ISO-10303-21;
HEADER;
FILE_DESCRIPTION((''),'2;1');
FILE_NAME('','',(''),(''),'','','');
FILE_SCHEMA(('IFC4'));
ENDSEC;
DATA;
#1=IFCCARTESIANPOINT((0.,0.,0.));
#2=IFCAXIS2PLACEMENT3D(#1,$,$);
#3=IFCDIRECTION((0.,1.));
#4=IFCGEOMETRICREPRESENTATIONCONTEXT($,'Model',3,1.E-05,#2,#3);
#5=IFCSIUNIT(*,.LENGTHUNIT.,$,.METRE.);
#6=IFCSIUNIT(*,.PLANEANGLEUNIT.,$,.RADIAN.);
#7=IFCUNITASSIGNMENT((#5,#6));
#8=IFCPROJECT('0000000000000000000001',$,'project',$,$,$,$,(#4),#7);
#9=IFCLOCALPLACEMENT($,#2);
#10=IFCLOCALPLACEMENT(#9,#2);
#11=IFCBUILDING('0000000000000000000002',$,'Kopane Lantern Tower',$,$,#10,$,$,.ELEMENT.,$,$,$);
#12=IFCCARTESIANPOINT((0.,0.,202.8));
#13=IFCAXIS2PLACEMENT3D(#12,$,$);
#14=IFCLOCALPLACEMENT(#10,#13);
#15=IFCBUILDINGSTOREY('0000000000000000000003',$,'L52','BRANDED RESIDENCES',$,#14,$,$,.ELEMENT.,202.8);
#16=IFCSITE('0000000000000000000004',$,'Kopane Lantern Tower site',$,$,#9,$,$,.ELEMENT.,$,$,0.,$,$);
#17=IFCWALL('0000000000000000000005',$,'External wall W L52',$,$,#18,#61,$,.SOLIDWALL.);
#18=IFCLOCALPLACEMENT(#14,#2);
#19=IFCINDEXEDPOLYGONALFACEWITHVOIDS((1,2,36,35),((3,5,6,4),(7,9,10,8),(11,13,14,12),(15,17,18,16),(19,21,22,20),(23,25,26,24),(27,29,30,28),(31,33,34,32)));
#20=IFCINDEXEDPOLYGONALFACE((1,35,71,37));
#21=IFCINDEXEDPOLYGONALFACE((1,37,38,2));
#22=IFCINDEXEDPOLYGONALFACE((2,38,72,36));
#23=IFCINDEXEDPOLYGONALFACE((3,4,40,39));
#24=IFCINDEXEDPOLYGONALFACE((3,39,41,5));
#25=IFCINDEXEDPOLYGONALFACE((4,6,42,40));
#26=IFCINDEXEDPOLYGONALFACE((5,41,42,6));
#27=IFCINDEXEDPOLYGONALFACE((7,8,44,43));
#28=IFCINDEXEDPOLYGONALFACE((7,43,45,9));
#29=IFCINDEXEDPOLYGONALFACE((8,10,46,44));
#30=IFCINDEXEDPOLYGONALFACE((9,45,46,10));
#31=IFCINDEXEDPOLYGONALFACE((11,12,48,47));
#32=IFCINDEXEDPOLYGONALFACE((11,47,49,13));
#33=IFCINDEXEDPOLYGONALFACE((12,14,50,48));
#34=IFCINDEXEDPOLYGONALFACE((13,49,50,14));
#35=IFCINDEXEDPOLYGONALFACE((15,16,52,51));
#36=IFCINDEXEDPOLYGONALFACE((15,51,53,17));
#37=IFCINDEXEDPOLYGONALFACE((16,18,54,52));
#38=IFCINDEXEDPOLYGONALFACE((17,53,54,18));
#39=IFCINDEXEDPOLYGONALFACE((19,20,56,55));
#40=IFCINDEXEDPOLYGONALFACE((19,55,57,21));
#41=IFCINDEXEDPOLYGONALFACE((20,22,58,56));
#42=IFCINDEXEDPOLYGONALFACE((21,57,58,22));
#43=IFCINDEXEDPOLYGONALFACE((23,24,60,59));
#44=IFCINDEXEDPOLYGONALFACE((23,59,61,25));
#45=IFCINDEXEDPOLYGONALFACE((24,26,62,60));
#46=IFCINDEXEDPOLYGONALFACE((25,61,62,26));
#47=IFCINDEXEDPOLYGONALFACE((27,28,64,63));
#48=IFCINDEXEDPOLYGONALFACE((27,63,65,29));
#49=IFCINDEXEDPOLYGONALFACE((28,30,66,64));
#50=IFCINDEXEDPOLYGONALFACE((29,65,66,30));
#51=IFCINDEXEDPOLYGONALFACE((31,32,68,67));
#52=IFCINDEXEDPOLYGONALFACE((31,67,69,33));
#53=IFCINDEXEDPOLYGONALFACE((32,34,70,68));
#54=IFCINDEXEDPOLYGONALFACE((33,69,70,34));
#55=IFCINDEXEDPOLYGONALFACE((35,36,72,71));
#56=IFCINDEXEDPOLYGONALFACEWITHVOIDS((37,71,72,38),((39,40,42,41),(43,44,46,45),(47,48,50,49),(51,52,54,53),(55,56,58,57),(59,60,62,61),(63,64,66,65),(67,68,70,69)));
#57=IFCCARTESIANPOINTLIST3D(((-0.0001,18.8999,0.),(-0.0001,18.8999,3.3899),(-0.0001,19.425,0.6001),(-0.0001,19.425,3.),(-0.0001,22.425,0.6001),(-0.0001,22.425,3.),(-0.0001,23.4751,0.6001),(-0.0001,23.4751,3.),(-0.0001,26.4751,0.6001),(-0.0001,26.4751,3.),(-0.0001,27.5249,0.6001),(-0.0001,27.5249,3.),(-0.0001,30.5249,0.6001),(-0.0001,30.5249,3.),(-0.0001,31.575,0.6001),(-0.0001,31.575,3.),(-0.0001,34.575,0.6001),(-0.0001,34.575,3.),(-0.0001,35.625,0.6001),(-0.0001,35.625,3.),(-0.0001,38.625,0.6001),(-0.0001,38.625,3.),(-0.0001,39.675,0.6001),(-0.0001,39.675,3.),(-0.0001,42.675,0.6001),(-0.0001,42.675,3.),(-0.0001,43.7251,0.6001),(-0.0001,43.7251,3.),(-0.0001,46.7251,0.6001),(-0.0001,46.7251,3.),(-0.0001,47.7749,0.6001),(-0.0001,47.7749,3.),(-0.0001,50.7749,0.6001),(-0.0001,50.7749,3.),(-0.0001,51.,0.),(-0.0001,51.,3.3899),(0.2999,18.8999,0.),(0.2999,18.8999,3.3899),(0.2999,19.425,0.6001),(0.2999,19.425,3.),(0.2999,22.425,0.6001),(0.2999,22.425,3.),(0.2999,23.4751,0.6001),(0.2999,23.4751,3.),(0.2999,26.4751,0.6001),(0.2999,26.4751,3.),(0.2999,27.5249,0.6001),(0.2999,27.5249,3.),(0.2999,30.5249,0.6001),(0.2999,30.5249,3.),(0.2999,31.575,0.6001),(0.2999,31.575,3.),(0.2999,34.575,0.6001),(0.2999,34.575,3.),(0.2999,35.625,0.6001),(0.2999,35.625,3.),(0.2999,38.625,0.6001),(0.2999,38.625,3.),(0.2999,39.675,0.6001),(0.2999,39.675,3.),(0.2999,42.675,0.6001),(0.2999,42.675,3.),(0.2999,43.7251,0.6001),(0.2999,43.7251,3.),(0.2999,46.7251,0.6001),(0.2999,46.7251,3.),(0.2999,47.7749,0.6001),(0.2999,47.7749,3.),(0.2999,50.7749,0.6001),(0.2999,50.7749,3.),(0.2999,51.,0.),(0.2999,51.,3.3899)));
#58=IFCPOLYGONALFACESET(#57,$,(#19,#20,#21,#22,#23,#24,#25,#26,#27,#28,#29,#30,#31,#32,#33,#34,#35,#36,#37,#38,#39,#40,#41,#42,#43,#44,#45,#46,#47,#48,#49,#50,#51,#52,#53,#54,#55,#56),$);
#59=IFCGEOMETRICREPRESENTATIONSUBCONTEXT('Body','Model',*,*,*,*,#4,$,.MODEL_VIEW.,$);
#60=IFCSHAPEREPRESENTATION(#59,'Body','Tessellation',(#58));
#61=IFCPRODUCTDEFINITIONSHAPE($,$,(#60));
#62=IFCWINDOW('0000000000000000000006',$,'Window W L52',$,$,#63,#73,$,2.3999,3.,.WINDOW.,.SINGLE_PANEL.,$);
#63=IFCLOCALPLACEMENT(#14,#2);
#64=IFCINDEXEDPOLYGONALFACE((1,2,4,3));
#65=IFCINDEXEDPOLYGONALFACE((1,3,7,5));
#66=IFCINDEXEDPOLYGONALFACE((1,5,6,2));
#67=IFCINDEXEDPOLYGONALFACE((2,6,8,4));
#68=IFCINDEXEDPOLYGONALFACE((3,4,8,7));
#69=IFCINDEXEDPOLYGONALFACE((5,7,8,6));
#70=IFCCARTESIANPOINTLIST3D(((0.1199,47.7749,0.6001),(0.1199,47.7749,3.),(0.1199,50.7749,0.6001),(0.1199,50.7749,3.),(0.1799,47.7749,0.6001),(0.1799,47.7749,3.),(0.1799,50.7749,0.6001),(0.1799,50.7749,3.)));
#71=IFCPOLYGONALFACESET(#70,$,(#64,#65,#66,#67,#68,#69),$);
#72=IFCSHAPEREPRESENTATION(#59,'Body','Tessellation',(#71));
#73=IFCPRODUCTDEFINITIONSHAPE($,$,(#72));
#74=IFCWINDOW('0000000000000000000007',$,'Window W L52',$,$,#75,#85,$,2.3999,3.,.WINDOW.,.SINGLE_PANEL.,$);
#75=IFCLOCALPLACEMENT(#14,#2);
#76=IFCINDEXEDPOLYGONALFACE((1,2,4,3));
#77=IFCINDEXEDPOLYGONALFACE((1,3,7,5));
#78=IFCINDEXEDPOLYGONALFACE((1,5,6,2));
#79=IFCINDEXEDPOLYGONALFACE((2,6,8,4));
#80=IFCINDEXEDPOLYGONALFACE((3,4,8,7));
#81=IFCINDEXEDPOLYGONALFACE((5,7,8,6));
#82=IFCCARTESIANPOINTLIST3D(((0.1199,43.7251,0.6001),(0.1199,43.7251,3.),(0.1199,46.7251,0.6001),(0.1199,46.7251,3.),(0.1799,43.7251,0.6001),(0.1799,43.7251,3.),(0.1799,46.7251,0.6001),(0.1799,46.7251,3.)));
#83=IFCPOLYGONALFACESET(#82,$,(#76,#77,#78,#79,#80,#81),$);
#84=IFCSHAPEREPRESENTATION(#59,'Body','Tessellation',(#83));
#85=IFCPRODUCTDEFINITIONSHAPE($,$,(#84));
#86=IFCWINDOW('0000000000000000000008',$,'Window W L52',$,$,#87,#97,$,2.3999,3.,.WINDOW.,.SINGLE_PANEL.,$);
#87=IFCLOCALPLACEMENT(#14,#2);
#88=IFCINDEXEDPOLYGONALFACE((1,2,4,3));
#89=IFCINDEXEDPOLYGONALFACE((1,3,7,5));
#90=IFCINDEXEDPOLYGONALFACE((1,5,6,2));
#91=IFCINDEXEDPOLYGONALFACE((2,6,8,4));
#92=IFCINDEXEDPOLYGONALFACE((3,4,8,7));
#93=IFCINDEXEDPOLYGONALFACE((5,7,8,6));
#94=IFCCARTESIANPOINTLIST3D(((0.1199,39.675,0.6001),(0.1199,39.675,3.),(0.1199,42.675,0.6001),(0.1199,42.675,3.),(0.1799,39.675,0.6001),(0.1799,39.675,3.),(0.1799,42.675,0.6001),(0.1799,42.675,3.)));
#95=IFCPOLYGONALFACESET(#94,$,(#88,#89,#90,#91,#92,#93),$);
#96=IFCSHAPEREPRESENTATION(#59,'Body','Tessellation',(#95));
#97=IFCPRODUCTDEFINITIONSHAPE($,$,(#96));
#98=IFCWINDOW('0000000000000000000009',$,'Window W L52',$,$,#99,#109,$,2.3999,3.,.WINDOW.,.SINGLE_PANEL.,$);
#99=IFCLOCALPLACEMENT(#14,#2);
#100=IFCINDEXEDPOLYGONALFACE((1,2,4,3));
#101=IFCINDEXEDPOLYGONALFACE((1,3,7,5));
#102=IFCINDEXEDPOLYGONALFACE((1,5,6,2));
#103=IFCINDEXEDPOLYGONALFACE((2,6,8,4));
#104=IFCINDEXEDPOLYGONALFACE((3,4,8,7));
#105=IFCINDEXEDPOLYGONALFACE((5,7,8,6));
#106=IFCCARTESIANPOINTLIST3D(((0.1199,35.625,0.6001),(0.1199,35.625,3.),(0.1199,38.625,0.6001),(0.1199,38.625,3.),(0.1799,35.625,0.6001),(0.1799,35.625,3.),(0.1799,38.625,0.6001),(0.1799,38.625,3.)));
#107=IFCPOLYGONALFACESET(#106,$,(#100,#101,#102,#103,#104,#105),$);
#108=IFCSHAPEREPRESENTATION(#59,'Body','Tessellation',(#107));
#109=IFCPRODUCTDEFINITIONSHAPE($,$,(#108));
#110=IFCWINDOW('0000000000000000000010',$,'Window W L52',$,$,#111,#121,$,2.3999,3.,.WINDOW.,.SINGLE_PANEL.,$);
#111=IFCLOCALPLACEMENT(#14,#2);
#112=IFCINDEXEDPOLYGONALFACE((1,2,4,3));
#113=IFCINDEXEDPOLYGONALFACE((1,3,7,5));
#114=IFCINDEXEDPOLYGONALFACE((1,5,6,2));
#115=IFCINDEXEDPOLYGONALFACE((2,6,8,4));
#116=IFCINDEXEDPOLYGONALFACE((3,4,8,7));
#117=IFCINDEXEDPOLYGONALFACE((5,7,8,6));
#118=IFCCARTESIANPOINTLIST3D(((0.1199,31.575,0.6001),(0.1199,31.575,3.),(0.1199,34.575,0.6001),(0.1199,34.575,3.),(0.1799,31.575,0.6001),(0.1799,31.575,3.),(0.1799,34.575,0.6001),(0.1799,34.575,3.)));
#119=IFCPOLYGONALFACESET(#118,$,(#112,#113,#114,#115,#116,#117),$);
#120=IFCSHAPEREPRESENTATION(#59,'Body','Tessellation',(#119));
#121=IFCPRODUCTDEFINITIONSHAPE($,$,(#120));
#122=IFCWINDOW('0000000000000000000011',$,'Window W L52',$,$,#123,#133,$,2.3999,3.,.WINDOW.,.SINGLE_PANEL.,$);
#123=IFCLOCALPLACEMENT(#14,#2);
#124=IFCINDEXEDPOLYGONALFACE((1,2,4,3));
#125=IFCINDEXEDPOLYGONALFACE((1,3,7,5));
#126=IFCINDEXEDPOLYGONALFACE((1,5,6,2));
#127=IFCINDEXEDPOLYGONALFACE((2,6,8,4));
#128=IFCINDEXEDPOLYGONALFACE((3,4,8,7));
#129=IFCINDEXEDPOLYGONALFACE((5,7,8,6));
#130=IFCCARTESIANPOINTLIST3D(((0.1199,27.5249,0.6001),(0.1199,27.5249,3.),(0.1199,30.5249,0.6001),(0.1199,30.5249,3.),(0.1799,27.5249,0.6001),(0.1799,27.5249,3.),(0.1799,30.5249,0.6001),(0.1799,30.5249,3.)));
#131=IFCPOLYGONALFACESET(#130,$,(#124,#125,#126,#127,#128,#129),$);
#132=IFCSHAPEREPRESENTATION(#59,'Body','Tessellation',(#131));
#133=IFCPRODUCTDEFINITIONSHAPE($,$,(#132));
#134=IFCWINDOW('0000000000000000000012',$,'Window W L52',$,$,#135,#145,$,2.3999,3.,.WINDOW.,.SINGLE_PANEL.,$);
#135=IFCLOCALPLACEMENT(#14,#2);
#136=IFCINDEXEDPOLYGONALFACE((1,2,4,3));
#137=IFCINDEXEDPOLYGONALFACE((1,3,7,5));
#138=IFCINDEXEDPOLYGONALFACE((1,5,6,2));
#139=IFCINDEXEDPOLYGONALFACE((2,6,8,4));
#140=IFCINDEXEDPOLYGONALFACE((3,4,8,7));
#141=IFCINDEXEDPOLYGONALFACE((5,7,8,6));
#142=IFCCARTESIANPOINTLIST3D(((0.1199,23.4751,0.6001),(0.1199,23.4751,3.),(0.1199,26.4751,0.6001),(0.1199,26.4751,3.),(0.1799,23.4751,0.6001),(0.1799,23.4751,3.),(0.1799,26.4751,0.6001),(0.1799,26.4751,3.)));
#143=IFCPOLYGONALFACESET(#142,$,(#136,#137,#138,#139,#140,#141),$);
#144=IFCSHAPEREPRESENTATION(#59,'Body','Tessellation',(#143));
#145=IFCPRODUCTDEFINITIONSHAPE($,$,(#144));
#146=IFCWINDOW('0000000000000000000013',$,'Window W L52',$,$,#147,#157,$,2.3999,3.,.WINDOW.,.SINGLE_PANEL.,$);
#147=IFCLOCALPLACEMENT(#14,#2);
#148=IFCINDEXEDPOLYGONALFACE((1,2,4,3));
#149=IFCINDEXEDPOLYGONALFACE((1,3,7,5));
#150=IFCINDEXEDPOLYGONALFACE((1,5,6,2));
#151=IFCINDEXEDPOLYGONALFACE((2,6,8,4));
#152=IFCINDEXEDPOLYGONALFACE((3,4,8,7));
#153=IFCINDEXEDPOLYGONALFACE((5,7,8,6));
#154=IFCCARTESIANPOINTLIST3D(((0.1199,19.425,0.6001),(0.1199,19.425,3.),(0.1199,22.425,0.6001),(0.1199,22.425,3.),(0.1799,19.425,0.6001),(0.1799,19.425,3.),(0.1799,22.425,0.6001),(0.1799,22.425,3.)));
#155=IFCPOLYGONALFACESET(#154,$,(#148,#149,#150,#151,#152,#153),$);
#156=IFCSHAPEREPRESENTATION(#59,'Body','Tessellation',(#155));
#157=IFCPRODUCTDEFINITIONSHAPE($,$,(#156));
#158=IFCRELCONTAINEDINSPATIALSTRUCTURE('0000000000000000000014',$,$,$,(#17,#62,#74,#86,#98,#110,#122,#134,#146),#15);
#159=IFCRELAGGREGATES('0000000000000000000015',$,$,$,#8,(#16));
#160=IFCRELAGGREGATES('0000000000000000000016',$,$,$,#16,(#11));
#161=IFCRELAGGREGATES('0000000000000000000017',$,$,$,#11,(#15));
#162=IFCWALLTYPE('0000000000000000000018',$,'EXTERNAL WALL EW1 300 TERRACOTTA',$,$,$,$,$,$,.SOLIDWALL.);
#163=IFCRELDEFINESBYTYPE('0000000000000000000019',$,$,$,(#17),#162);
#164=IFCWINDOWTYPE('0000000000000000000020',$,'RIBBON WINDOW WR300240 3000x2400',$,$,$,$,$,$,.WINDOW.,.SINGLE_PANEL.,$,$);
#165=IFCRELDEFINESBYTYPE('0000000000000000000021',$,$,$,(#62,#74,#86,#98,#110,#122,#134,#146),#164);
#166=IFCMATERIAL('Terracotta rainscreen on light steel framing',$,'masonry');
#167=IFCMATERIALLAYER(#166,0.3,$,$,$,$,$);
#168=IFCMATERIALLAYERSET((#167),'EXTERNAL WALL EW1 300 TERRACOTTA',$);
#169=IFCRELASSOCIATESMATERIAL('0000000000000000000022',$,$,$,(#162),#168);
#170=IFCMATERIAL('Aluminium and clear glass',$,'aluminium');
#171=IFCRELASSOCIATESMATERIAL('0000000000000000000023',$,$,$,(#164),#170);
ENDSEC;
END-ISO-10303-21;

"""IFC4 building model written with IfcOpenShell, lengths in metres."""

from ifc_helpers import new_model, si_unit, direction, frame, frame_2d, origin, place, context, subcontext, project, spatial, rectangle, extrude, material, layer, layer_set, type_object, element, fill, save


model = new_model("IFC4")

# Units and contexts
model_context = context("Model", 3, precision=1e-05, world=origin(), true_north=direction((0.0, 1.0)))
body_context = subcontext(model_context, "Body", "Model", "MODEL_VIEW")
ifc_project = project(units=[si_unit("LENGTHUNIT", "METRE"), si_unit("PLANEANGLEUNIT", "RADIAN")], contexts=[model_context])

# Site, building, storey
site_placement = place(None, origin())
site = spatial("IfcSite", under=ifc_project, at=site_placement, Name="Kopane Lantern Tower site", CompositionType="ELEMENT", RefElevation=0.0)
building_placement = place(site_placement, origin())
building = spatial("IfcBuilding", under=site, at=building_placement, Name="Kopane Lantern Tower", CompositionType="ELEMENT")
storey_placement = place(building_placement, frame((0.0, 0.0, 202.8)))
storey = spatial("IfcBuildingStorey", under=building, at=storey_placement, Name="L52", Description="BRANDED RESIDENCES", CompositionType="ELEMENT", Elevation=202.8)

# Wall, openings, windows
ifc_material_1 = material(Name="Terracotta rainscreen on light steel framing", Category="masonry")
ifc_layer_1 = layer(ifc_material_1, 0.3)
ifc_layer_set_1 = layer_set([ifc_layer_1], Name="EXTERNAL WALL EW1 300 TERRACOTTA")
wall_type_1 = type_object("IfcWallType", Name="EXTERNAL WALL EW1 300 TERRACOTTA", PredefinedType="SOLIDWALL", material=ifc_layer_set_1)
wall_1_placement = place(storey_placement, frame((0.1499, 51.0, 0.0), z_axis=(0.0, 0.0, 1.0), x_axis=(0.0, -1.0, 0.0)))
wall_1 = element("IfcWall", 1, at=wall_1_placement, inside=storey, type_object=wall_type_1, Name="External wall W L52", PredefinedType="SOLIDWALL", context=body_context, shape_type="SweptSolid", body=[
    extrude(rectangle(XDim=32.1001, YDim=0.3, at=frame_2d((16.05, 0.0))), origin(), (0.0, 0.0, 1.0), 3.3899),
])
opening_1_placement = place(wall_1_placement, frame((0.2251, 0.0, 0.6001)))
opening_1 = element("IfcOpeningElement", 2, at=opening_1_placement, cuts=wall_1, PredefinedType="OPENING", context=body_context, shape_type="SweptSolid", body=[
    extrude(rectangle(XDim=3.0, YDim=2.3999, at=frame_2d((1.5, 1.2))), frame((0.0, 0.1599, 0.0), z_axis=(0.0, -1.0, 0.0), x_axis=(1.0, 0.0, 0.0)), (0.0, 0.0, 1.0), 0.3201),
])
opening_2_placement = place(wall_1_placement, frame((4.2749, 0.0, 0.6001)))
opening_2 = element("IfcOpeningElement", 3, at=opening_2_placement, cuts=wall_1, PredefinedType="OPENING", context=body_context, shape_type="SweptSolid", body=[
    extrude(rectangle(XDim=3.0, YDim=2.3999, at=frame_2d((1.5, 1.2))), frame((0.0, 0.1599, 0.0), z_axis=(0.0, -1.0, 0.0), x_axis=(1.0, 0.0, 0.0)), (0.0, 0.0, 1.0), 0.3201),
])
opening_3_placement = place(wall_1_placement, frame((8.325, 0.0, 0.6001)))
opening_3 = element("IfcOpeningElement", 4, at=opening_3_placement, cuts=wall_1, PredefinedType="OPENING", context=body_context, shape_type="SweptSolid", body=[
    extrude(rectangle(XDim=3.0, YDim=2.3999, at=frame_2d((1.5, 1.2))), frame((0.0, 0.1599, 0.0), z_axis=(0.0, -1.0, 0.0), x_axis=(1.0, 0.0, 0.0)), (0.0, 0.0, 1.0), 0.3201),
])
opening_4_placement = place(wall_1_placement, frame((12.375, 0.0, 0.6001)))
opening_4 = element("IfcOpeningElement", 5, at=opening_4_placement, cuts=wall_1, PredefinedType="OPENING", context=body_context, shape_type="SweptSolid", body=[
    extrude(rectangle(XDim=3.0, YDim=2.3999, at=frame_2d((1.5, 1.2))), frame((0.0, 0.1599, 0.0), z_axis=(0.0, -1.0, 0.0), x_axis=(1.0, 0.0, 0.0)), (0.0, 0.0, 1.0), 0.3201),
])
opening_5_placement = place(wall_1_placement, frame((16.425, 0.0, 0.6001)))
opening_5 = element("IfcOpeningElement", 6, at=opening_5_placement, cuts=wall_1, PredefinedType="OPENING", context=body_context, shape_type="SweptSolid", body=[
    extrude(rectangle(XDim=3.0, YDim=2.3999, at=frame_2d((1.5, 1.2))), frame((0.0, 0.1599, 0.0), z_axis=(0.0, -1.0, 0.0), x_axis=(1.0, 0.0, 0.0)), (0.0, 0.0, 1.0), 0.3201),
])
opening_6_placement = place(wall_1_placement, frame((20.4751, 0.0, 0.6001)))
opening_6 = element("IfcOpeningElement", 7, at=opening_6_placement, cuts=wall_1, PredefinedType="OPENING", context=body_context, shape_type="SweptSolid", body=[
    extrude(rectangle(XDim=3.0, YDim=2.3999, at=frame_2d((1.5, 1.2))), frame((0.0, 0.1599, 0.0), z_axis=(0.0, -1.0, 0.0), x_axis=(1.0, 0.0, 0.0)), (0.0, 0.0, 1.0), 0.3201),
])
opening_7_placement = place(wall_1_placement, frame((24.5249, 0.0, 0.6001)))
opening_7 = element("IfcOpeningElement", 8, at=opening_7_placement, cuts=wall_1, PredefinedType="OPENING", context=body_context, shape_type="SweptSolid", body=[
    extrude(rectangle(XDim=3.0, YDim=2.3999, at=frame_2d((1.5, 1.2))), frame((0.0, 0.1599, 0.0), z_axis=(0.0, -1.0, 0.0), x_axis=(1.0, 0.0, 0.0)), (0.0, 0.0, 1.0), 0.3201),
])
opening_8_placement = place(wall_1_placement, frame((28.575, 0.0, 0.6001)))
opening_8 = element("IfcOpeningElement", 9, at=opening_8_placement, cuts=wall_1, PredefinedType="OPENING", context=body_context, shape_type="SweptSolid", body=[
    extrude(rectangle(XDim=3.0, YDim=2.3999, at=frame_2d((1.5, 1.2))), frame((0.0, 0.1599, 0.0), z_axis=(0.0, -1.0, 0.0), x_axis=(1.0, 0.0, 0.0)), (0.0, 0.0, 1.0), 0.3201),
])
ifc_material_2 = material(Name="Aluminium and clear glass", Category="aluminium")
window_type = type_object("IfcWindowType", Name="RIBBON WINDOW WR300240 3000x2400", PartitioningType="SINGLE_PANEL", PredefinedType="WINDOW", material=ifc_material_2)
window_1_placement = place(opening_1_placement, origin())
window_1 = element("IfcWindow", 10, at=window_1_placement, inside=storey, type_object=window_type, Name="Window W L52", OverallHeight=2.3999, OverallWidth=3.0, PartitioningType="SINGLE_PANEL", PredefinedType="WINDOW", context=body_context, shape_type="SweptSolid", body=[
    extrude(rectangle(XDim=3.0, YDim=2.3999, at=frame_2d((1.5, 1.2))), frame((0.0, 0.03, 0.0), z_axis=(0.0, -1.0, 0.0), x_axis=(1.0, 0.0, 0.0)), (0.0, 0.0, 1.0), 0.0601),
])
fill(opening_1, window_1)
window_2_placement = place(opening_2_placement, origin())
window_2 = element("IfcWindow", 11, at=window_2_placement, inside=storey, type_object=window_type, Name="Window W L52", OverallHeight=2.3999, OverallWidth=3.0, PartitioningType="SINGLE_PANEL", PredefinedType="WINDOW", context=body_context, shape_type="SweptSolid", body=[
    extrude(rectangle(XDim=3.0, YDim=2.3999, at=frame_2d((1.5, 1.2))), frame((0.0, 0.03, 0.0), z_axis=(0.0, -1.0, 0.0), x_axis=(1.0, 0.0, 0.0)), (0.0, 0.0, 1.0), 0.0601),
])
fill(opening_2, window_2)
window_3_placement = place(opening_3_placement, origin())
window_3 = element("IfcWindow", 12, at=window_3_placement, inside=storey, type_object=window_type, Name="Window W L52", OverallHeight=2.3999, OverallWidth=3.0, PartitioningType="SINGLE_PANEL", PredefinedType="WINDOW", context=body_context, shape_type="SweptSolid", body=[
    extrude(rectangle(XDim=3.0, YDim=2.3999, at=frame_2d((1.5, 1.2))), frame((0.0, 0.03, 0.0), z_axis=(0.0, -1.0, 0.0), x_axis=(1.0, 0.0, 0.0)), (0.0, 0.0, 1.0), 0.0601),
])
fill(opening_3, window_3)
window_4_placement = place(opening_4_placement, origin())
window_4 = element("IfcWindow", 13, at=window_4_placement, inside=storey, type_object=window_type, Name="Window W L52", OverallHeight=2.3999, OverallWidth=3.0, PartitioningType="SINGLE_PANEL", PredefinedType="WINDOW", context=body_context, shape_type="SweptSolid", body=[
    extrude(rectangle(XDim=3.0, YDim=2.3999, at=frame_2d((1.5, 1.2))), frame((0.0, 0.03, 0.0), z_axis=(0.0, -1.0, 0.0), x_axis=(1.0, 0.0, 0.0)), (0.0, 0.0, 1.0), 0.0601),
])
fill(opening_4, window_4)
window_5_placement = place(opening_5_placement, origin())
window_5 = element("IfcWindow", 14, at=window_5_placement, inside=storey, type_object=window_type, Name="Window W L52", OverallHeight=2.3999, OverallWidth=3.0, PartitioningType="SINGLE_PANEL", PredefinedType="WINDOW", context=body_context, shape_type="SweptSolid", body=[
    extrude(rectangle(XDim=3.0, YDim=2.3999, at=frame_2d((1.5, 1.2))), frame((0.0, 0.03, 0.0), z_axis=(0.0, -1.0, 0.0), x_axis=(1.0, 0.0, 0.0)), (0.0, 0.0, 1.0), 0.0601),
])
fill(opening_5, window_5)
window_6_placement = place(opening_6_placement, origin())
window_6 = element("IfcWindow", 15, at=window_6_placement, inside=storey, type_object=window_type, Name="Window W L52", OverallHeight=2.3999, OverallWidth=3.0, PartitioningType="SINGLE_PANEL", PredefinedType="WINDOW", context=body_context, shape_type="SweptSolid", body=[
    extrude(rectangle(XDim=3.0, YDim=2.3999, at=frame_2d((1.5, 1.2))), frame((0.0, 0.03, 0.0), z_axis=(0.0, -1.0, 0.0), x_axis=(1.0, 0.0, 0.0)), (0.0, 0.0, 1.0), 0.0601),
])
fill(opening_6, window_6)
window_7_placement = place(opening_7_placement, origin())
window_7 = element("IfcWindow", 16, at=window_7_placement, inside=storey, type_object=window_type, Name="Window W L52", OverallHeight=2.3999, OverallWidth=3.0, PartitioningType="SINGLE_PANEL", PredefinedType="WINDOW", context=body_context, shape_type="SweptSolid", body=[
    extrude(rectangle(XDim=3.0, YDim=2.3999, at=frame_2d((1.5, 1.2))), frame((0.0, 0.03, 0.0), z_axis=(0.0, -1.0, 0.0), x_axis=(1.0, 0.0, 0.0)), (0.0, 0.0, 1.0), 0.0601),
])
fill(opening_7, window_7)
window_8_placement = place(opening_8_placement, origin())
window_8 = element("IfcWindow", 17, at=window_8_placement, inside=storey, type_object=window_type, Name="Window W L52", OverallHeight=2.3999, OverallWidth=3.0, PartitioningType="SINGLE_PANEL", PredefinedType="WINDOW", context=body_context, shape_type="SweptSolid", body=[
    extrude(rectangle(XDim=3.0, YDim=2.3999, at=frame_2d((1.5, 1.2))), frame((0.0, 0.03, 0.0), z_axis=(0.0, -1.0, 0.0), x_axis=(1.0, 0.0, 0.0)), (0.0, 0.0, 1.0), 0.0601),
])
fill(opening_8, window_8)

save(model, "model.ifc")
